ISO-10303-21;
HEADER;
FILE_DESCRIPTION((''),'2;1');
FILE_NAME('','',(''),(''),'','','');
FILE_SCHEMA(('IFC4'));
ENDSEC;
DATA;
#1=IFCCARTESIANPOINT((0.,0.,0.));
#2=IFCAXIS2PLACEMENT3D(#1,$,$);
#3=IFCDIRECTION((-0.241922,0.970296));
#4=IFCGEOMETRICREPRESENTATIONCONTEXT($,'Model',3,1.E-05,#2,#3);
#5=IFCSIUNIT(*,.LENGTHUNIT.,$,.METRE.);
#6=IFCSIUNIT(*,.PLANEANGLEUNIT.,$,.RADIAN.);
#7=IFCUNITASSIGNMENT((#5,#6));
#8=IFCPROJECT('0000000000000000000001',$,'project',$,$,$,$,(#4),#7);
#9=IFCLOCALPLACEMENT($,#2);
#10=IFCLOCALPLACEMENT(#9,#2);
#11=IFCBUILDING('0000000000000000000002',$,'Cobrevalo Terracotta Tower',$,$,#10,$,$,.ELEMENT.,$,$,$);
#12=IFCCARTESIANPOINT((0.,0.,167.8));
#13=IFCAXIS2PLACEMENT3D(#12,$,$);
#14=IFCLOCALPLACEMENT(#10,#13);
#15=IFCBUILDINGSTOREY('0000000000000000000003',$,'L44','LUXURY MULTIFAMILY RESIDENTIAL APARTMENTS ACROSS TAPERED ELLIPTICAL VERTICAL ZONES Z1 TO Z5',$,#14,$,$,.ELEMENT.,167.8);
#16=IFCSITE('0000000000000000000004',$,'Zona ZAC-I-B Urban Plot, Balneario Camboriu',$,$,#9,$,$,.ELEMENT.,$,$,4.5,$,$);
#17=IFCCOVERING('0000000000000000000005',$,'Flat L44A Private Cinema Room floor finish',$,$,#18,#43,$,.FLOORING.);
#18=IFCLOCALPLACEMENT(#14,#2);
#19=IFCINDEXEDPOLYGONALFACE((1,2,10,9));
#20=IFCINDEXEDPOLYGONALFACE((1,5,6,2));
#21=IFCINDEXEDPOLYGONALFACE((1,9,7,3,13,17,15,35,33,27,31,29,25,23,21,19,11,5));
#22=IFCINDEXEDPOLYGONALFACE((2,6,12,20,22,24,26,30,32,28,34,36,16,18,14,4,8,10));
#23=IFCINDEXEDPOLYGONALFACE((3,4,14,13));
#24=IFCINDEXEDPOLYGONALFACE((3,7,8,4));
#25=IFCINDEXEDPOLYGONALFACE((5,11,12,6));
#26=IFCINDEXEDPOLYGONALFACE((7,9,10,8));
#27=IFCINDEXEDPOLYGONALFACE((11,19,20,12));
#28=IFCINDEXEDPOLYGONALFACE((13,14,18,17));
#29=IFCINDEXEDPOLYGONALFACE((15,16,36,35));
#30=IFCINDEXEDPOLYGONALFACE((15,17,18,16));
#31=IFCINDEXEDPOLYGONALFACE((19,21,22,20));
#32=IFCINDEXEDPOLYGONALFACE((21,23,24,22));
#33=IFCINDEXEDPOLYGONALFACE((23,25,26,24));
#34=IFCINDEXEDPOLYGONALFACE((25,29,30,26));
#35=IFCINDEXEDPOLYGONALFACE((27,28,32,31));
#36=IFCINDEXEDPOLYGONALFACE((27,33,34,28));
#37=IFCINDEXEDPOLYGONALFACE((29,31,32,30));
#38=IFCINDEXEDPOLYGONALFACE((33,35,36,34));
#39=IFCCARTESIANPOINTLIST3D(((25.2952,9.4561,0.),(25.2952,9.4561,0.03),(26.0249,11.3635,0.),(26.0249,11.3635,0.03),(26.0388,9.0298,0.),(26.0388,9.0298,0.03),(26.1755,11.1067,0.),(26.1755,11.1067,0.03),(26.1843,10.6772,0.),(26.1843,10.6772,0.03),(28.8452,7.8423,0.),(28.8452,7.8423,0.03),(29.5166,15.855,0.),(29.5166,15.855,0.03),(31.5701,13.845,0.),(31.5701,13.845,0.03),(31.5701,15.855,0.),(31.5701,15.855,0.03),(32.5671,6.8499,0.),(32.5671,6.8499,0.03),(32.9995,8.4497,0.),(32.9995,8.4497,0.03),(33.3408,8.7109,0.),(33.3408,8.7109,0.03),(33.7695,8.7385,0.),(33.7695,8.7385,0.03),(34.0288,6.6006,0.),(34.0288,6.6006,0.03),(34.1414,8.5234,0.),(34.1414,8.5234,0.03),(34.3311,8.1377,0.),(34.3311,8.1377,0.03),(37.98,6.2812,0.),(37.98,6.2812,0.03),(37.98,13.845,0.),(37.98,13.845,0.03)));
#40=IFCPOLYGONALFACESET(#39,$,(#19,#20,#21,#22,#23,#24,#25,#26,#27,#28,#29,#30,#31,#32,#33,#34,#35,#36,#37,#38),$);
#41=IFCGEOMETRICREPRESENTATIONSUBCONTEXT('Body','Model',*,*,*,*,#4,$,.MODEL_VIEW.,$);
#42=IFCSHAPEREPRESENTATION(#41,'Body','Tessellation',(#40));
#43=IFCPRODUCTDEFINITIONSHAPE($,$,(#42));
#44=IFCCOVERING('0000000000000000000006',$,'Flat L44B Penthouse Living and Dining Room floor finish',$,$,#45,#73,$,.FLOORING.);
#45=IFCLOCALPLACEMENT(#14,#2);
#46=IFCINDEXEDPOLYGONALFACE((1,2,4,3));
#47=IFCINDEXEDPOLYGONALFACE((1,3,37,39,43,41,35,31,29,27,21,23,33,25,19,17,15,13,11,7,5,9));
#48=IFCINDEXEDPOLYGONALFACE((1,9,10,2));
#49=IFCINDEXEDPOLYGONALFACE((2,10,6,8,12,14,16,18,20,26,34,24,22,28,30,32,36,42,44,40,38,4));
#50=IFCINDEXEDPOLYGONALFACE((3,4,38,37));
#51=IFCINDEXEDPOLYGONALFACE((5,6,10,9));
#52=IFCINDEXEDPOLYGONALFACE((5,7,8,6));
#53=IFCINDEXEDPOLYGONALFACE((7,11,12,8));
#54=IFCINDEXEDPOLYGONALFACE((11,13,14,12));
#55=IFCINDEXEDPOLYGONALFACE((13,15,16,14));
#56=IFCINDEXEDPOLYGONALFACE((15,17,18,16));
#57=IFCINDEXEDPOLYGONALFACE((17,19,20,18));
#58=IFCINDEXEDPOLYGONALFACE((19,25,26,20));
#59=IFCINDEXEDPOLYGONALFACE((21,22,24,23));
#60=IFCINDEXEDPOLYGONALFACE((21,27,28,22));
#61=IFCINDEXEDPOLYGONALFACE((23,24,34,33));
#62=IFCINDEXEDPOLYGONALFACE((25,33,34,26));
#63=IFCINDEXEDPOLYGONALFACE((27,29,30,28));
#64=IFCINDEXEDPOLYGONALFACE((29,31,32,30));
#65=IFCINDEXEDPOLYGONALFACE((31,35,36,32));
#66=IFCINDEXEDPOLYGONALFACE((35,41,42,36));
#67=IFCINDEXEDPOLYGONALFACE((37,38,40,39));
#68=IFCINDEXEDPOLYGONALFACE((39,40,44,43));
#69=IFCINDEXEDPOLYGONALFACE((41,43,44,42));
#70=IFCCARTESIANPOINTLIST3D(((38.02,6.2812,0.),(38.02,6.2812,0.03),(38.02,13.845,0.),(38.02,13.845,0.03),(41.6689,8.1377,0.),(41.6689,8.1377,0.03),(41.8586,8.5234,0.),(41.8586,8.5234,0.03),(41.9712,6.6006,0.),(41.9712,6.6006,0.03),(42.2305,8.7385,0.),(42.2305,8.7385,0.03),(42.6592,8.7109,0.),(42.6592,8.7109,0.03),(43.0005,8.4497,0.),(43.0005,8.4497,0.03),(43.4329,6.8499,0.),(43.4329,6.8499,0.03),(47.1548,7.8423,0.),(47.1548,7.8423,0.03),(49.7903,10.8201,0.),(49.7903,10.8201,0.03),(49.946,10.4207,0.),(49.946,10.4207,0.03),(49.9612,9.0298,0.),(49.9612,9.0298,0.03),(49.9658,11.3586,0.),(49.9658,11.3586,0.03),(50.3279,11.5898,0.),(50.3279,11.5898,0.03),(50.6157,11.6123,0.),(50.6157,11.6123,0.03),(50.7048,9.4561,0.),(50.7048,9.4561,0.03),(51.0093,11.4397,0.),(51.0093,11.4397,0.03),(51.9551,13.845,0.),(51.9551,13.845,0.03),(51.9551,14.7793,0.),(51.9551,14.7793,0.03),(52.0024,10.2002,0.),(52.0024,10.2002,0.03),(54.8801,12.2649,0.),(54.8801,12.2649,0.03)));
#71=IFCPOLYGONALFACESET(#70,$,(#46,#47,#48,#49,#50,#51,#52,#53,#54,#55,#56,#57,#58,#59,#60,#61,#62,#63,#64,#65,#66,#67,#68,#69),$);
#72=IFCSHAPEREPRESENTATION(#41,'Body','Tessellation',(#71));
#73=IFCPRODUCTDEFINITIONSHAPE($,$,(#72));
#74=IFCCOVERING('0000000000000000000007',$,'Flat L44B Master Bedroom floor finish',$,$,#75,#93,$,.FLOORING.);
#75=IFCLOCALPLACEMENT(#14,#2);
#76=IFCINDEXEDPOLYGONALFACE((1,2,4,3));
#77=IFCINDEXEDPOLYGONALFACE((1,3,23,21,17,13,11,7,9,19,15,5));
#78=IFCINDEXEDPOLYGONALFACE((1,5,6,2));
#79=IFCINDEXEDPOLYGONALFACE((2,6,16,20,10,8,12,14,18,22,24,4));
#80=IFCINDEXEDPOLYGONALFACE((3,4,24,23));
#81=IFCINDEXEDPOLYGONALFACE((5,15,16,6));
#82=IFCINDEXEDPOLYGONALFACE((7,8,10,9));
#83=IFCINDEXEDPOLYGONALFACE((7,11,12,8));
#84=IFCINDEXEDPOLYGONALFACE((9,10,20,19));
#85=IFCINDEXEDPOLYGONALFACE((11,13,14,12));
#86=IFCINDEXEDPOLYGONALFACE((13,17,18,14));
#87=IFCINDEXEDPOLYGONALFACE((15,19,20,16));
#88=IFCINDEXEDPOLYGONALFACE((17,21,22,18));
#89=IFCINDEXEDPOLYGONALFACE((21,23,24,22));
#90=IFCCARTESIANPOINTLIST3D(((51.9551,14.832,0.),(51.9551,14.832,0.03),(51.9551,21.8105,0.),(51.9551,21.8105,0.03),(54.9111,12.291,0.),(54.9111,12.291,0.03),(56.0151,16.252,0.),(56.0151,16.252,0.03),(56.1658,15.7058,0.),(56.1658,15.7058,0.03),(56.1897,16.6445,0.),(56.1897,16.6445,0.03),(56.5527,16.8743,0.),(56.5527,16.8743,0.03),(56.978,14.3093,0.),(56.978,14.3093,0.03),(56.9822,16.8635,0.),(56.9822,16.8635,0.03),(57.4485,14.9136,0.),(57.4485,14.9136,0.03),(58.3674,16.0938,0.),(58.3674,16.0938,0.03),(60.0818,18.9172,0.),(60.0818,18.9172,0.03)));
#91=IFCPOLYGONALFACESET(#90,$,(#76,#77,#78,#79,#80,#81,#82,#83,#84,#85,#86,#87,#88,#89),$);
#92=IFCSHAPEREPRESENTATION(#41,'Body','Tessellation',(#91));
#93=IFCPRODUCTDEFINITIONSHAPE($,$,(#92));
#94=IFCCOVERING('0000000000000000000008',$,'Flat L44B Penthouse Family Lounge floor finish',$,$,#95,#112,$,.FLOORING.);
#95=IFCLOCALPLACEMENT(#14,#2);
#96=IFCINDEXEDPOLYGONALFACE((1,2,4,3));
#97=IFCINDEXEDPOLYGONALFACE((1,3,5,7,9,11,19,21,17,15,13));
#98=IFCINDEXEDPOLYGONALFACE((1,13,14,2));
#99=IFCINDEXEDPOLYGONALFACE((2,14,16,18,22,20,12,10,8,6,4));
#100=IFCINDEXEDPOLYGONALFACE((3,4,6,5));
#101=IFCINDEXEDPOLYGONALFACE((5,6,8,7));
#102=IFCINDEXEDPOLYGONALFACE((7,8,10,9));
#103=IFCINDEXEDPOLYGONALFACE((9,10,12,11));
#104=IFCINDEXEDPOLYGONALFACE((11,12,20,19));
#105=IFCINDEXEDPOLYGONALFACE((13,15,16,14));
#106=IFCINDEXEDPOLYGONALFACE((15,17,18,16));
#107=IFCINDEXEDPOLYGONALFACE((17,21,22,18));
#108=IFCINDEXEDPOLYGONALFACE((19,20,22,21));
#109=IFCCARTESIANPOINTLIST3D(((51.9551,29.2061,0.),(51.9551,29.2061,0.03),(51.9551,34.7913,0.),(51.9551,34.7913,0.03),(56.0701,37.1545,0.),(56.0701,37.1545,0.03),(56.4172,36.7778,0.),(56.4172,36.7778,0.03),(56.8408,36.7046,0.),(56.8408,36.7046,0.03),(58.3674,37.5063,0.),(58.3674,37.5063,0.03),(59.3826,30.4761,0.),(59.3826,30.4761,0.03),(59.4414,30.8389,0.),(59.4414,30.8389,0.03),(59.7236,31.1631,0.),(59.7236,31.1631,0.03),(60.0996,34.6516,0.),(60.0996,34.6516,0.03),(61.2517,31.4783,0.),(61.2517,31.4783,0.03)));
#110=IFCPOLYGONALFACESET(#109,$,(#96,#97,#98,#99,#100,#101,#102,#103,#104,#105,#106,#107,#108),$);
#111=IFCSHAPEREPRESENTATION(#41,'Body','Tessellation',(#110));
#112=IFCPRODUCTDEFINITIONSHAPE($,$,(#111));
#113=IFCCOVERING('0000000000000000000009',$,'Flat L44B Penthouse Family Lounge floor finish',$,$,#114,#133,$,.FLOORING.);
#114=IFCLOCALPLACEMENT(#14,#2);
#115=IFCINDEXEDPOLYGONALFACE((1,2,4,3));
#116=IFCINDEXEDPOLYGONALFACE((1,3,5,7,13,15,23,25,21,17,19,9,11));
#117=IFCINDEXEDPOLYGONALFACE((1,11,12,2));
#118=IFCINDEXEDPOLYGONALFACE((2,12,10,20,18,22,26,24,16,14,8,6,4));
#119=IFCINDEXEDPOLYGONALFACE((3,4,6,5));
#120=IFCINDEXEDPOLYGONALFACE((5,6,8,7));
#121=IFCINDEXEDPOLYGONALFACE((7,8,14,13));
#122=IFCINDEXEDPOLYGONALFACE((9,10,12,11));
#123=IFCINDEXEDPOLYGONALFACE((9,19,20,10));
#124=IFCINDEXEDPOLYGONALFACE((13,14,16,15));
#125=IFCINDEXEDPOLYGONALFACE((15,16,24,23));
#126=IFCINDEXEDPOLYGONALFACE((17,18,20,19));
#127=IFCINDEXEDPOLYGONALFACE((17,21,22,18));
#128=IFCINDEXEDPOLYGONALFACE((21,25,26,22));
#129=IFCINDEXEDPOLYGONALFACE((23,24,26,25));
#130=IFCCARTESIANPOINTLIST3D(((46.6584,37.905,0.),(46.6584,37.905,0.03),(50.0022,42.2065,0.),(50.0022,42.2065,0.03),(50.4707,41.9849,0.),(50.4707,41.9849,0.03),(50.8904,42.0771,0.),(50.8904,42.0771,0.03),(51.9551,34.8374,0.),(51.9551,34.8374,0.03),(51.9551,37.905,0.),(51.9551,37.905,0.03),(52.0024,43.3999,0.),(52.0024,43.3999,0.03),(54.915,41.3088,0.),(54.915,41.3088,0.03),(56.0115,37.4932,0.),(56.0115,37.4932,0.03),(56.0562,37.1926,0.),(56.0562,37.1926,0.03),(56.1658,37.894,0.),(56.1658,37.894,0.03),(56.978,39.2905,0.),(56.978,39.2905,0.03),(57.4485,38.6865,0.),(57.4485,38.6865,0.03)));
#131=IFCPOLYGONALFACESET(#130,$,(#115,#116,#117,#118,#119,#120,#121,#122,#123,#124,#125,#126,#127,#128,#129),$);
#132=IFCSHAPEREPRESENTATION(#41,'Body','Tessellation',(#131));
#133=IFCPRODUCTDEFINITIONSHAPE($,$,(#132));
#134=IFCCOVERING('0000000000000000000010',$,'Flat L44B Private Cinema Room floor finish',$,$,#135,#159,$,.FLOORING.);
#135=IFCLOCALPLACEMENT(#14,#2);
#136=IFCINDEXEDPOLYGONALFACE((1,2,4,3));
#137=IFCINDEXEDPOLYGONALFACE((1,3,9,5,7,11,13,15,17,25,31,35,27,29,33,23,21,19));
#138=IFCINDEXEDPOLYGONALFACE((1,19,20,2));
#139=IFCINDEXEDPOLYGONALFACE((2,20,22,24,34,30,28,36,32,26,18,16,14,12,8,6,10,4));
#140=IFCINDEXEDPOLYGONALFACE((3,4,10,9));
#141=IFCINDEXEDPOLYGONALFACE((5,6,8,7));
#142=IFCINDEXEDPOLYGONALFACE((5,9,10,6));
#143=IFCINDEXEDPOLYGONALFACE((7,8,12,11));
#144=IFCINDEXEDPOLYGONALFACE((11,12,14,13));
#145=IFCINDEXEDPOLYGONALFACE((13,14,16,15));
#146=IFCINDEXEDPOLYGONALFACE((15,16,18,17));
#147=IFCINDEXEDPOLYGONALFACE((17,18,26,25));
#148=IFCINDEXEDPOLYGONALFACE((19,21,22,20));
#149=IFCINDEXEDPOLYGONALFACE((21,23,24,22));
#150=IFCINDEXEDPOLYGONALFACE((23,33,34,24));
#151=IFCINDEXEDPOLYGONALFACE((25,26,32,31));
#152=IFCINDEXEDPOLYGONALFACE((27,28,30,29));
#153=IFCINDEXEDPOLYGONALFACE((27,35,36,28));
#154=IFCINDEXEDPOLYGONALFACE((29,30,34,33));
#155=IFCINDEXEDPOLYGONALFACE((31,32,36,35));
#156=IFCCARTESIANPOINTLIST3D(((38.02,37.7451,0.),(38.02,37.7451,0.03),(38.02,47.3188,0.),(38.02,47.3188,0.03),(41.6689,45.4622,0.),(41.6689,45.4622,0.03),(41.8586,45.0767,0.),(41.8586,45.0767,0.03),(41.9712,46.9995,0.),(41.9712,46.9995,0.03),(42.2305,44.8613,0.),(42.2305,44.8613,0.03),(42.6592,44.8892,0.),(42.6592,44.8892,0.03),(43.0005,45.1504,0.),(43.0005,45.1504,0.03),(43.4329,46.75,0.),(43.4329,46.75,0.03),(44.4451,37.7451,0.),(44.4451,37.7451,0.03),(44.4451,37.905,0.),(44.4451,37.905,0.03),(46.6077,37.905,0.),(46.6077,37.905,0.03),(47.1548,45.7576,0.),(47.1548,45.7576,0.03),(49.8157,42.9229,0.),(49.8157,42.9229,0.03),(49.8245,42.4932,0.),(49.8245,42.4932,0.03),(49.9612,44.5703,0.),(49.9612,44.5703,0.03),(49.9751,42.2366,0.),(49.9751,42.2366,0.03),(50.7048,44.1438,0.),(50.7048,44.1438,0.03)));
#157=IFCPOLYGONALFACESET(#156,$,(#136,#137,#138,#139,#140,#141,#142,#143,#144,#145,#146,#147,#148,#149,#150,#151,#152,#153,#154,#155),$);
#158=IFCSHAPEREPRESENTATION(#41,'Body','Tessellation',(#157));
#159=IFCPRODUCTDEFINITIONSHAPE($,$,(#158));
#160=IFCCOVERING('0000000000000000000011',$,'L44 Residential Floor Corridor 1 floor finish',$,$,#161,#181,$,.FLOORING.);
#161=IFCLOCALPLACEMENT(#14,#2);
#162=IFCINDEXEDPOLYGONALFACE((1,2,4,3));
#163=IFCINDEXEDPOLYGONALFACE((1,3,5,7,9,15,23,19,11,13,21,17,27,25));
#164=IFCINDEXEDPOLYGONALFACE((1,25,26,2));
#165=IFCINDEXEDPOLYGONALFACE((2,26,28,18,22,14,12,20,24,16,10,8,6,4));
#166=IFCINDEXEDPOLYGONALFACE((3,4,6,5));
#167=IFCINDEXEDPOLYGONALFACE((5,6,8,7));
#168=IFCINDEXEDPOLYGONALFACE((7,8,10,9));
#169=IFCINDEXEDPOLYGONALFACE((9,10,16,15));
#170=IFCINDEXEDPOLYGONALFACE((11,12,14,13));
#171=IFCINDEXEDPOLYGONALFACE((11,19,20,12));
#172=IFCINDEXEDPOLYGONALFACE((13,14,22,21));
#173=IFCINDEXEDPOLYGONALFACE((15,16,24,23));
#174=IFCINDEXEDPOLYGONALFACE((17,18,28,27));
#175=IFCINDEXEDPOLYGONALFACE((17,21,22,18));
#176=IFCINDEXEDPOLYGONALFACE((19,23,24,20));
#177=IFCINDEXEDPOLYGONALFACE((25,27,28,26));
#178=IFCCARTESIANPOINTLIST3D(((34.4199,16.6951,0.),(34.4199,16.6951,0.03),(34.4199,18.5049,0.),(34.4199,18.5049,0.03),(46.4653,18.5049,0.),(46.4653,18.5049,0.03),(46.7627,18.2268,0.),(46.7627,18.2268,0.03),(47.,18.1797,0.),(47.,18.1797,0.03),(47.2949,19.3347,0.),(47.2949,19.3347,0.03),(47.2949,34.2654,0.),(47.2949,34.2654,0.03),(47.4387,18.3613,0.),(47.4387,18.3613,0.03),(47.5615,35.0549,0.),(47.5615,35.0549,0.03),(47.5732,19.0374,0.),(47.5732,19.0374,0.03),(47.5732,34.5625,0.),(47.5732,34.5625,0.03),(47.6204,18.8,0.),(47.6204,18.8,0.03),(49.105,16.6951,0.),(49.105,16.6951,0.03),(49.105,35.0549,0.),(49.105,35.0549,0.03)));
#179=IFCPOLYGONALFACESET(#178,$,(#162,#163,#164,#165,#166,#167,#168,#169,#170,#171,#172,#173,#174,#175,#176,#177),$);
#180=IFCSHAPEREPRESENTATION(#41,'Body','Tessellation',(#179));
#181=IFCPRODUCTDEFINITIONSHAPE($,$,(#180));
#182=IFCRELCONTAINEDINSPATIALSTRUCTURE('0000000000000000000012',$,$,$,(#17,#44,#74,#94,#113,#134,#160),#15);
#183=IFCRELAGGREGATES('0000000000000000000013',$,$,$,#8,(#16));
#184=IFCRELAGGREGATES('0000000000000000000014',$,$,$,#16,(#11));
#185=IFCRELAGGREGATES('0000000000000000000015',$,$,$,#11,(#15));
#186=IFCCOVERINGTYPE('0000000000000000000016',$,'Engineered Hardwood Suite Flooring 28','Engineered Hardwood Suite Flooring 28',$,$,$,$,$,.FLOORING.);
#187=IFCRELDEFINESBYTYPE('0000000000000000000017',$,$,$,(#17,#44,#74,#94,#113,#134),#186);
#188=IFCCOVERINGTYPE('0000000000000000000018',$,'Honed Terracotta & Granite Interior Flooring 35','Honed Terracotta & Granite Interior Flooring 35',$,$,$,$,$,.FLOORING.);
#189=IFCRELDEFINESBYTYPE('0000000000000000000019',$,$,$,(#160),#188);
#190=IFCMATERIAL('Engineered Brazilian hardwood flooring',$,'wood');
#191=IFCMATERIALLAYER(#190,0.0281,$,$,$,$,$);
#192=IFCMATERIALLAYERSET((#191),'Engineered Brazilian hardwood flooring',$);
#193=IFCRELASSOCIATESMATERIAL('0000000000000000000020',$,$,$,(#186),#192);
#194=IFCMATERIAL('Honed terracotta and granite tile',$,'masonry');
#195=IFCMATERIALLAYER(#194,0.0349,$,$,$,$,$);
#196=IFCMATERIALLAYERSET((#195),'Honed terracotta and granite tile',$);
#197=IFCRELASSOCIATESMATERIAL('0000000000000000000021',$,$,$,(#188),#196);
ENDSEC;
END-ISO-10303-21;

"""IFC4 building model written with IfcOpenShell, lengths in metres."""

from ifc_helpers import new_model, si_unit, direction, frame, origin, place, context, subcontext, project, spatial, polyline, outline, extrude, material, layer, layer_set, type_object, element, save


model = new_model("IFC4")

# Units and contexts
model_context = context("Model", 3, precision=1e-05, world=origin(), true_north=direction((-0.241922, 0.970296)))
body_context = subcontext(model_context, "Body", "Model", "MODEL_VIEW")
ifc_project = project(units=[si_unit("LENGTHUNIT", "METRE"), si_unit("PLANEANGLEUNIT", "RADIAN")], contexts=[model_context])

# Site, building, storey
site_placement = place(None, origin())
site = spatial("IfcSite", under=ifc_project, at=site_placement, Name="Zona ZAC-I-B Urban Plot, Balneario Camboriu", CompositionType="ELEMENT", RefElevation=4.5)
building_placement = place(site_placement, origin())
building = spatial("IfcBuilding", under=site, at=building_placement, Name="Cobrevalo Terracotta Tower", CompositionType="ELEMENT")
storey_placement = place(building_placement, frame((0.0, 0.0, 167.8)))
storey = spatial("IfcBuildingStorey", under=building, at=storey_placement, Name="L44", Description="LUXURY MULTIFAMILY RESIDENTIAL APARTMENTS ACROSS TAPERED ELLIPTICAL VERTICAL ZONES Z1 TO Z5", CompositionType="ELEMENT", Elevation=167.8)

# Coverings
ifc_material_1 = material(Name="Engineered Brazilian hardwood flooring", Category="wood")
ifc_layer_1 = layer(ifc_material_1, 0.0281)
ifc_layer_set_1 = layer_set([ifc_layer_1], Name="Engineered Brazilian hardwood flooring")
covering_type_1 = type_object("IfcCoveringType", Name="Engineered Hardwood Suite Flooring 28", Description="Engineered Hardwood Suite Flooring 28", PredefinedType="FLOORING", material=ifc_layer_set_1)
covering_1_placement = place(storey_placement, origin())
element("IfcCovering", 1, at=covering_1_placement, inside=storey, type_object=covering_type_1, Name="Flat L44A Private Cinema Room floor finish", PredefinedType="FLOORING", context=body_context, shape_type="SweptSolid", body=[
    extrude(outline(polyline([(26.0388, 9.0298), (25.2952, 9.4561), (26.1843, 10.6772), (26.1755, 11.1067), (26.0249, 11.3635), (29.5166, 15.855), (31.5701, 15.855), (31.5701, 13.845), (37.98, 13.845), (37.98, 6.2812), (34.0288, 6.6006), (34.3311, 8.1377), (34.1414, 8.5234), (33.7695, 8.7385), (33.3408, 8.7109), (32.9995, 8.4497), (32.5671, 6.8499), (28.8452, 7.8423), (26.0388, 9.0298)])), origin(), (0.0, 0.0, 1.0), 0.03),
])
covering_2_placement = place(storey_placement, origin())
element("IfcCovering", 2, at=covering_2_placement, inside=storey, type_object=covering_type_1, Name="Flat L44B Penthouse Living and Dining Room floor finish", PredefinedType="FLOORING", context=body_context, shape_type="SweptSolid", body=[
    extrude(outline(polyline([(52.0024, 10.2002), (51.0093, 11.4397), (50.6157, 11.6123), (50.3279, 11.5898), (49.9658, 11.3586), (49.7903, 10.8201), (49.946, 10.4207), (50.7048, 9.4561), (49.9612, 9.0298), (47.1548, 7.8423), (43.4329, 6.8499), (43.0005, 8.4497), (42.6592, 8.7109), (42.2305, 8.7385), (41.8586, 8.5234), (41.6689, 8.1377), (41.9712, 6.6006), (38.02, 6.2812), (38.02, 13.845), (51.9551, 13.845), (51.9551, 14.7793), (54.8801, 12.2649), (52.0024, 10.2002)])), origin(), (0.0, 0.0, 1.0), 0.03),
])
covering_3_placement = place(storey_placement, origin())
element("IfcCovering", 3, at=covering_3_placement, inside=storey, type_object=covering_type_1, Name="Flat L44B Master Bedroom floor finish", PredefinedType="FLOORING", context=body_context, shape_type="SweptSolid", body=[
    extrude(outline(polyline([(58.3674, 16.0938), (56.9822, 16.8635), (56.5527, 16.8743), (56.1897, 16.6445), (56.0151, 16.252), (56.1658, 15.7058), (57.4485, 14.9136), (56.978, 14.3093), (54.9111, 12.291), (51.9551, 14.832), (51.9551, 21.8105), (60.0818, 18.9172), (58.3674, 16.0938)])), origin(), (0.0, 0.0, 1.0), 0.03),
])
covering_4_placement = place(storey_placement, origin())
element("IfcCovering", 4, at=covering_4_placement, inside=storey, type_object=covering_type_1, Name="Flat L44B Penthouse Family Lounge floor finish", PredefinedType="FLOORING", context=body_context, shape_type="SweptSolid", body=[
    extrude(outline(polyline([(56.0701, 37.1545), (56.4172, 36.7778), (56.8408, 36.7046), (58.3674, 37.5063), (60.0996, 34.6516), (61.2517, 31.4783), (59.7236, 31.1631), (59.4414, 30.8389), (59.3826, 30.4761), (51.9551, 29.2061), (51.9551, 34.7913), (56.0701, 37.1545)])), origin(), (0.0, 0.0, 1.0), 0.03),
])
covering_5_placement = place(storey_placement, origin())
element("IfcCovering", 5, at=covering_5_placement, inside=storey, type_object=covering_type_1, Name="Flat L44B Penthouse Family Lounge floor finish", PredefinedType="FLOORING", context=body_context, shape_type="SweptSolid", body=[
    extrude(outline(polyline([(46.6584, 37.905), (50.0022, 42.2065), (50.4707, 41.9849), (50.8904, 42.0771), (52.0024, 43.3999), (54.915, 41.3088), (56.978, 39.2905), (57.4485, 38.6865), (56.1658, 37.894), (56.0115, 37.4932), (56.0562, 37.1926), (51.9551, 34.8374), (51.9551, 37.905), (46.6584, 37.905)])), origin(), (0.0, 0.0, 1.0), 0.03),
])
covering_6_placement = place(storey_placement, origin())
element("IfcCovering", 6, at=covering_6_placement, inside=storey, type_object=covering_type_1, Name="Flat L44B Private Cinema Room floor finish", PredefinedType="FLOORING", context=body_context, shape_type="SweptSolid", body=[
    extrude(outline(polyline([(44.4451, 37.7451), (38.02, 37.7451), (38.02, 47.3188), (41.9712, 46.9995), (41.6689, 45.4622), (41.8586, 45.0767), (42.2305, 44.8613), (42.6592, 44.8892), (43.0005, 45.1504), (43.4329, 46.75), (47.1548, 45.7576), (49.9612, 44.5703), (50.7048, 44.1438), (49.8157, 42.9229), (49.8245, 42.4932), (49.9751, 42.2366), (46.6077, 37.905), (44.4451, 37.905), (44.4451, 37.7451)])), origin(), (0.0, 0.0, 1.0), 0.03),
])
ifc_material_2 = material(Name="Honed terracotta and granite tile", Category="masonry")
ifc_layer_2 = layer(ifc_material_2, 0.0349)
ifc_layer_set_2 = layer_set([ifc_layer_2], Name="Honed terracotta and granite tile")
covering_type_2 = type_object("IfcCoveringType", Name="Honed Terracotta & Granite Interior Flooring 35", Description="Honed Terracotta & Granite Interior Flooring 35", PredefinedType="FLOORING", material=ifc_layer_set_2)
covering_7_placement = place(storey_placement, origin())
element("IfcCovering", 7, at=covering_7_placement, inside=storey, type_object=covering_type_2, Name="L44 Residential Floor Corridor 1 floor finish", PredefinedType="FLOORING", context=body_context, shape_type="SweptSolid", body=[
    extrude(outline(polyline([(34.4199, 18.5049), (46.4653, 18.5049), (46.7627, 18.2268), (47.0, 18.1797), (47.4387, 18.3613), (47.6204, 18.8), (47.5732, 19.0374), (47.2949, 19.3347), (47.2949, 34.2654), (47.5732, 34.5625), (47.5615, 35.0549), (49.105, 35.0549), (49.105, 16.6951), (34.4199, 16.6951), (34.4199, 18.5049)])), origin(), (0.0, 0.0, 1.0), 0.03),
])

save(model, "model.ifc")
